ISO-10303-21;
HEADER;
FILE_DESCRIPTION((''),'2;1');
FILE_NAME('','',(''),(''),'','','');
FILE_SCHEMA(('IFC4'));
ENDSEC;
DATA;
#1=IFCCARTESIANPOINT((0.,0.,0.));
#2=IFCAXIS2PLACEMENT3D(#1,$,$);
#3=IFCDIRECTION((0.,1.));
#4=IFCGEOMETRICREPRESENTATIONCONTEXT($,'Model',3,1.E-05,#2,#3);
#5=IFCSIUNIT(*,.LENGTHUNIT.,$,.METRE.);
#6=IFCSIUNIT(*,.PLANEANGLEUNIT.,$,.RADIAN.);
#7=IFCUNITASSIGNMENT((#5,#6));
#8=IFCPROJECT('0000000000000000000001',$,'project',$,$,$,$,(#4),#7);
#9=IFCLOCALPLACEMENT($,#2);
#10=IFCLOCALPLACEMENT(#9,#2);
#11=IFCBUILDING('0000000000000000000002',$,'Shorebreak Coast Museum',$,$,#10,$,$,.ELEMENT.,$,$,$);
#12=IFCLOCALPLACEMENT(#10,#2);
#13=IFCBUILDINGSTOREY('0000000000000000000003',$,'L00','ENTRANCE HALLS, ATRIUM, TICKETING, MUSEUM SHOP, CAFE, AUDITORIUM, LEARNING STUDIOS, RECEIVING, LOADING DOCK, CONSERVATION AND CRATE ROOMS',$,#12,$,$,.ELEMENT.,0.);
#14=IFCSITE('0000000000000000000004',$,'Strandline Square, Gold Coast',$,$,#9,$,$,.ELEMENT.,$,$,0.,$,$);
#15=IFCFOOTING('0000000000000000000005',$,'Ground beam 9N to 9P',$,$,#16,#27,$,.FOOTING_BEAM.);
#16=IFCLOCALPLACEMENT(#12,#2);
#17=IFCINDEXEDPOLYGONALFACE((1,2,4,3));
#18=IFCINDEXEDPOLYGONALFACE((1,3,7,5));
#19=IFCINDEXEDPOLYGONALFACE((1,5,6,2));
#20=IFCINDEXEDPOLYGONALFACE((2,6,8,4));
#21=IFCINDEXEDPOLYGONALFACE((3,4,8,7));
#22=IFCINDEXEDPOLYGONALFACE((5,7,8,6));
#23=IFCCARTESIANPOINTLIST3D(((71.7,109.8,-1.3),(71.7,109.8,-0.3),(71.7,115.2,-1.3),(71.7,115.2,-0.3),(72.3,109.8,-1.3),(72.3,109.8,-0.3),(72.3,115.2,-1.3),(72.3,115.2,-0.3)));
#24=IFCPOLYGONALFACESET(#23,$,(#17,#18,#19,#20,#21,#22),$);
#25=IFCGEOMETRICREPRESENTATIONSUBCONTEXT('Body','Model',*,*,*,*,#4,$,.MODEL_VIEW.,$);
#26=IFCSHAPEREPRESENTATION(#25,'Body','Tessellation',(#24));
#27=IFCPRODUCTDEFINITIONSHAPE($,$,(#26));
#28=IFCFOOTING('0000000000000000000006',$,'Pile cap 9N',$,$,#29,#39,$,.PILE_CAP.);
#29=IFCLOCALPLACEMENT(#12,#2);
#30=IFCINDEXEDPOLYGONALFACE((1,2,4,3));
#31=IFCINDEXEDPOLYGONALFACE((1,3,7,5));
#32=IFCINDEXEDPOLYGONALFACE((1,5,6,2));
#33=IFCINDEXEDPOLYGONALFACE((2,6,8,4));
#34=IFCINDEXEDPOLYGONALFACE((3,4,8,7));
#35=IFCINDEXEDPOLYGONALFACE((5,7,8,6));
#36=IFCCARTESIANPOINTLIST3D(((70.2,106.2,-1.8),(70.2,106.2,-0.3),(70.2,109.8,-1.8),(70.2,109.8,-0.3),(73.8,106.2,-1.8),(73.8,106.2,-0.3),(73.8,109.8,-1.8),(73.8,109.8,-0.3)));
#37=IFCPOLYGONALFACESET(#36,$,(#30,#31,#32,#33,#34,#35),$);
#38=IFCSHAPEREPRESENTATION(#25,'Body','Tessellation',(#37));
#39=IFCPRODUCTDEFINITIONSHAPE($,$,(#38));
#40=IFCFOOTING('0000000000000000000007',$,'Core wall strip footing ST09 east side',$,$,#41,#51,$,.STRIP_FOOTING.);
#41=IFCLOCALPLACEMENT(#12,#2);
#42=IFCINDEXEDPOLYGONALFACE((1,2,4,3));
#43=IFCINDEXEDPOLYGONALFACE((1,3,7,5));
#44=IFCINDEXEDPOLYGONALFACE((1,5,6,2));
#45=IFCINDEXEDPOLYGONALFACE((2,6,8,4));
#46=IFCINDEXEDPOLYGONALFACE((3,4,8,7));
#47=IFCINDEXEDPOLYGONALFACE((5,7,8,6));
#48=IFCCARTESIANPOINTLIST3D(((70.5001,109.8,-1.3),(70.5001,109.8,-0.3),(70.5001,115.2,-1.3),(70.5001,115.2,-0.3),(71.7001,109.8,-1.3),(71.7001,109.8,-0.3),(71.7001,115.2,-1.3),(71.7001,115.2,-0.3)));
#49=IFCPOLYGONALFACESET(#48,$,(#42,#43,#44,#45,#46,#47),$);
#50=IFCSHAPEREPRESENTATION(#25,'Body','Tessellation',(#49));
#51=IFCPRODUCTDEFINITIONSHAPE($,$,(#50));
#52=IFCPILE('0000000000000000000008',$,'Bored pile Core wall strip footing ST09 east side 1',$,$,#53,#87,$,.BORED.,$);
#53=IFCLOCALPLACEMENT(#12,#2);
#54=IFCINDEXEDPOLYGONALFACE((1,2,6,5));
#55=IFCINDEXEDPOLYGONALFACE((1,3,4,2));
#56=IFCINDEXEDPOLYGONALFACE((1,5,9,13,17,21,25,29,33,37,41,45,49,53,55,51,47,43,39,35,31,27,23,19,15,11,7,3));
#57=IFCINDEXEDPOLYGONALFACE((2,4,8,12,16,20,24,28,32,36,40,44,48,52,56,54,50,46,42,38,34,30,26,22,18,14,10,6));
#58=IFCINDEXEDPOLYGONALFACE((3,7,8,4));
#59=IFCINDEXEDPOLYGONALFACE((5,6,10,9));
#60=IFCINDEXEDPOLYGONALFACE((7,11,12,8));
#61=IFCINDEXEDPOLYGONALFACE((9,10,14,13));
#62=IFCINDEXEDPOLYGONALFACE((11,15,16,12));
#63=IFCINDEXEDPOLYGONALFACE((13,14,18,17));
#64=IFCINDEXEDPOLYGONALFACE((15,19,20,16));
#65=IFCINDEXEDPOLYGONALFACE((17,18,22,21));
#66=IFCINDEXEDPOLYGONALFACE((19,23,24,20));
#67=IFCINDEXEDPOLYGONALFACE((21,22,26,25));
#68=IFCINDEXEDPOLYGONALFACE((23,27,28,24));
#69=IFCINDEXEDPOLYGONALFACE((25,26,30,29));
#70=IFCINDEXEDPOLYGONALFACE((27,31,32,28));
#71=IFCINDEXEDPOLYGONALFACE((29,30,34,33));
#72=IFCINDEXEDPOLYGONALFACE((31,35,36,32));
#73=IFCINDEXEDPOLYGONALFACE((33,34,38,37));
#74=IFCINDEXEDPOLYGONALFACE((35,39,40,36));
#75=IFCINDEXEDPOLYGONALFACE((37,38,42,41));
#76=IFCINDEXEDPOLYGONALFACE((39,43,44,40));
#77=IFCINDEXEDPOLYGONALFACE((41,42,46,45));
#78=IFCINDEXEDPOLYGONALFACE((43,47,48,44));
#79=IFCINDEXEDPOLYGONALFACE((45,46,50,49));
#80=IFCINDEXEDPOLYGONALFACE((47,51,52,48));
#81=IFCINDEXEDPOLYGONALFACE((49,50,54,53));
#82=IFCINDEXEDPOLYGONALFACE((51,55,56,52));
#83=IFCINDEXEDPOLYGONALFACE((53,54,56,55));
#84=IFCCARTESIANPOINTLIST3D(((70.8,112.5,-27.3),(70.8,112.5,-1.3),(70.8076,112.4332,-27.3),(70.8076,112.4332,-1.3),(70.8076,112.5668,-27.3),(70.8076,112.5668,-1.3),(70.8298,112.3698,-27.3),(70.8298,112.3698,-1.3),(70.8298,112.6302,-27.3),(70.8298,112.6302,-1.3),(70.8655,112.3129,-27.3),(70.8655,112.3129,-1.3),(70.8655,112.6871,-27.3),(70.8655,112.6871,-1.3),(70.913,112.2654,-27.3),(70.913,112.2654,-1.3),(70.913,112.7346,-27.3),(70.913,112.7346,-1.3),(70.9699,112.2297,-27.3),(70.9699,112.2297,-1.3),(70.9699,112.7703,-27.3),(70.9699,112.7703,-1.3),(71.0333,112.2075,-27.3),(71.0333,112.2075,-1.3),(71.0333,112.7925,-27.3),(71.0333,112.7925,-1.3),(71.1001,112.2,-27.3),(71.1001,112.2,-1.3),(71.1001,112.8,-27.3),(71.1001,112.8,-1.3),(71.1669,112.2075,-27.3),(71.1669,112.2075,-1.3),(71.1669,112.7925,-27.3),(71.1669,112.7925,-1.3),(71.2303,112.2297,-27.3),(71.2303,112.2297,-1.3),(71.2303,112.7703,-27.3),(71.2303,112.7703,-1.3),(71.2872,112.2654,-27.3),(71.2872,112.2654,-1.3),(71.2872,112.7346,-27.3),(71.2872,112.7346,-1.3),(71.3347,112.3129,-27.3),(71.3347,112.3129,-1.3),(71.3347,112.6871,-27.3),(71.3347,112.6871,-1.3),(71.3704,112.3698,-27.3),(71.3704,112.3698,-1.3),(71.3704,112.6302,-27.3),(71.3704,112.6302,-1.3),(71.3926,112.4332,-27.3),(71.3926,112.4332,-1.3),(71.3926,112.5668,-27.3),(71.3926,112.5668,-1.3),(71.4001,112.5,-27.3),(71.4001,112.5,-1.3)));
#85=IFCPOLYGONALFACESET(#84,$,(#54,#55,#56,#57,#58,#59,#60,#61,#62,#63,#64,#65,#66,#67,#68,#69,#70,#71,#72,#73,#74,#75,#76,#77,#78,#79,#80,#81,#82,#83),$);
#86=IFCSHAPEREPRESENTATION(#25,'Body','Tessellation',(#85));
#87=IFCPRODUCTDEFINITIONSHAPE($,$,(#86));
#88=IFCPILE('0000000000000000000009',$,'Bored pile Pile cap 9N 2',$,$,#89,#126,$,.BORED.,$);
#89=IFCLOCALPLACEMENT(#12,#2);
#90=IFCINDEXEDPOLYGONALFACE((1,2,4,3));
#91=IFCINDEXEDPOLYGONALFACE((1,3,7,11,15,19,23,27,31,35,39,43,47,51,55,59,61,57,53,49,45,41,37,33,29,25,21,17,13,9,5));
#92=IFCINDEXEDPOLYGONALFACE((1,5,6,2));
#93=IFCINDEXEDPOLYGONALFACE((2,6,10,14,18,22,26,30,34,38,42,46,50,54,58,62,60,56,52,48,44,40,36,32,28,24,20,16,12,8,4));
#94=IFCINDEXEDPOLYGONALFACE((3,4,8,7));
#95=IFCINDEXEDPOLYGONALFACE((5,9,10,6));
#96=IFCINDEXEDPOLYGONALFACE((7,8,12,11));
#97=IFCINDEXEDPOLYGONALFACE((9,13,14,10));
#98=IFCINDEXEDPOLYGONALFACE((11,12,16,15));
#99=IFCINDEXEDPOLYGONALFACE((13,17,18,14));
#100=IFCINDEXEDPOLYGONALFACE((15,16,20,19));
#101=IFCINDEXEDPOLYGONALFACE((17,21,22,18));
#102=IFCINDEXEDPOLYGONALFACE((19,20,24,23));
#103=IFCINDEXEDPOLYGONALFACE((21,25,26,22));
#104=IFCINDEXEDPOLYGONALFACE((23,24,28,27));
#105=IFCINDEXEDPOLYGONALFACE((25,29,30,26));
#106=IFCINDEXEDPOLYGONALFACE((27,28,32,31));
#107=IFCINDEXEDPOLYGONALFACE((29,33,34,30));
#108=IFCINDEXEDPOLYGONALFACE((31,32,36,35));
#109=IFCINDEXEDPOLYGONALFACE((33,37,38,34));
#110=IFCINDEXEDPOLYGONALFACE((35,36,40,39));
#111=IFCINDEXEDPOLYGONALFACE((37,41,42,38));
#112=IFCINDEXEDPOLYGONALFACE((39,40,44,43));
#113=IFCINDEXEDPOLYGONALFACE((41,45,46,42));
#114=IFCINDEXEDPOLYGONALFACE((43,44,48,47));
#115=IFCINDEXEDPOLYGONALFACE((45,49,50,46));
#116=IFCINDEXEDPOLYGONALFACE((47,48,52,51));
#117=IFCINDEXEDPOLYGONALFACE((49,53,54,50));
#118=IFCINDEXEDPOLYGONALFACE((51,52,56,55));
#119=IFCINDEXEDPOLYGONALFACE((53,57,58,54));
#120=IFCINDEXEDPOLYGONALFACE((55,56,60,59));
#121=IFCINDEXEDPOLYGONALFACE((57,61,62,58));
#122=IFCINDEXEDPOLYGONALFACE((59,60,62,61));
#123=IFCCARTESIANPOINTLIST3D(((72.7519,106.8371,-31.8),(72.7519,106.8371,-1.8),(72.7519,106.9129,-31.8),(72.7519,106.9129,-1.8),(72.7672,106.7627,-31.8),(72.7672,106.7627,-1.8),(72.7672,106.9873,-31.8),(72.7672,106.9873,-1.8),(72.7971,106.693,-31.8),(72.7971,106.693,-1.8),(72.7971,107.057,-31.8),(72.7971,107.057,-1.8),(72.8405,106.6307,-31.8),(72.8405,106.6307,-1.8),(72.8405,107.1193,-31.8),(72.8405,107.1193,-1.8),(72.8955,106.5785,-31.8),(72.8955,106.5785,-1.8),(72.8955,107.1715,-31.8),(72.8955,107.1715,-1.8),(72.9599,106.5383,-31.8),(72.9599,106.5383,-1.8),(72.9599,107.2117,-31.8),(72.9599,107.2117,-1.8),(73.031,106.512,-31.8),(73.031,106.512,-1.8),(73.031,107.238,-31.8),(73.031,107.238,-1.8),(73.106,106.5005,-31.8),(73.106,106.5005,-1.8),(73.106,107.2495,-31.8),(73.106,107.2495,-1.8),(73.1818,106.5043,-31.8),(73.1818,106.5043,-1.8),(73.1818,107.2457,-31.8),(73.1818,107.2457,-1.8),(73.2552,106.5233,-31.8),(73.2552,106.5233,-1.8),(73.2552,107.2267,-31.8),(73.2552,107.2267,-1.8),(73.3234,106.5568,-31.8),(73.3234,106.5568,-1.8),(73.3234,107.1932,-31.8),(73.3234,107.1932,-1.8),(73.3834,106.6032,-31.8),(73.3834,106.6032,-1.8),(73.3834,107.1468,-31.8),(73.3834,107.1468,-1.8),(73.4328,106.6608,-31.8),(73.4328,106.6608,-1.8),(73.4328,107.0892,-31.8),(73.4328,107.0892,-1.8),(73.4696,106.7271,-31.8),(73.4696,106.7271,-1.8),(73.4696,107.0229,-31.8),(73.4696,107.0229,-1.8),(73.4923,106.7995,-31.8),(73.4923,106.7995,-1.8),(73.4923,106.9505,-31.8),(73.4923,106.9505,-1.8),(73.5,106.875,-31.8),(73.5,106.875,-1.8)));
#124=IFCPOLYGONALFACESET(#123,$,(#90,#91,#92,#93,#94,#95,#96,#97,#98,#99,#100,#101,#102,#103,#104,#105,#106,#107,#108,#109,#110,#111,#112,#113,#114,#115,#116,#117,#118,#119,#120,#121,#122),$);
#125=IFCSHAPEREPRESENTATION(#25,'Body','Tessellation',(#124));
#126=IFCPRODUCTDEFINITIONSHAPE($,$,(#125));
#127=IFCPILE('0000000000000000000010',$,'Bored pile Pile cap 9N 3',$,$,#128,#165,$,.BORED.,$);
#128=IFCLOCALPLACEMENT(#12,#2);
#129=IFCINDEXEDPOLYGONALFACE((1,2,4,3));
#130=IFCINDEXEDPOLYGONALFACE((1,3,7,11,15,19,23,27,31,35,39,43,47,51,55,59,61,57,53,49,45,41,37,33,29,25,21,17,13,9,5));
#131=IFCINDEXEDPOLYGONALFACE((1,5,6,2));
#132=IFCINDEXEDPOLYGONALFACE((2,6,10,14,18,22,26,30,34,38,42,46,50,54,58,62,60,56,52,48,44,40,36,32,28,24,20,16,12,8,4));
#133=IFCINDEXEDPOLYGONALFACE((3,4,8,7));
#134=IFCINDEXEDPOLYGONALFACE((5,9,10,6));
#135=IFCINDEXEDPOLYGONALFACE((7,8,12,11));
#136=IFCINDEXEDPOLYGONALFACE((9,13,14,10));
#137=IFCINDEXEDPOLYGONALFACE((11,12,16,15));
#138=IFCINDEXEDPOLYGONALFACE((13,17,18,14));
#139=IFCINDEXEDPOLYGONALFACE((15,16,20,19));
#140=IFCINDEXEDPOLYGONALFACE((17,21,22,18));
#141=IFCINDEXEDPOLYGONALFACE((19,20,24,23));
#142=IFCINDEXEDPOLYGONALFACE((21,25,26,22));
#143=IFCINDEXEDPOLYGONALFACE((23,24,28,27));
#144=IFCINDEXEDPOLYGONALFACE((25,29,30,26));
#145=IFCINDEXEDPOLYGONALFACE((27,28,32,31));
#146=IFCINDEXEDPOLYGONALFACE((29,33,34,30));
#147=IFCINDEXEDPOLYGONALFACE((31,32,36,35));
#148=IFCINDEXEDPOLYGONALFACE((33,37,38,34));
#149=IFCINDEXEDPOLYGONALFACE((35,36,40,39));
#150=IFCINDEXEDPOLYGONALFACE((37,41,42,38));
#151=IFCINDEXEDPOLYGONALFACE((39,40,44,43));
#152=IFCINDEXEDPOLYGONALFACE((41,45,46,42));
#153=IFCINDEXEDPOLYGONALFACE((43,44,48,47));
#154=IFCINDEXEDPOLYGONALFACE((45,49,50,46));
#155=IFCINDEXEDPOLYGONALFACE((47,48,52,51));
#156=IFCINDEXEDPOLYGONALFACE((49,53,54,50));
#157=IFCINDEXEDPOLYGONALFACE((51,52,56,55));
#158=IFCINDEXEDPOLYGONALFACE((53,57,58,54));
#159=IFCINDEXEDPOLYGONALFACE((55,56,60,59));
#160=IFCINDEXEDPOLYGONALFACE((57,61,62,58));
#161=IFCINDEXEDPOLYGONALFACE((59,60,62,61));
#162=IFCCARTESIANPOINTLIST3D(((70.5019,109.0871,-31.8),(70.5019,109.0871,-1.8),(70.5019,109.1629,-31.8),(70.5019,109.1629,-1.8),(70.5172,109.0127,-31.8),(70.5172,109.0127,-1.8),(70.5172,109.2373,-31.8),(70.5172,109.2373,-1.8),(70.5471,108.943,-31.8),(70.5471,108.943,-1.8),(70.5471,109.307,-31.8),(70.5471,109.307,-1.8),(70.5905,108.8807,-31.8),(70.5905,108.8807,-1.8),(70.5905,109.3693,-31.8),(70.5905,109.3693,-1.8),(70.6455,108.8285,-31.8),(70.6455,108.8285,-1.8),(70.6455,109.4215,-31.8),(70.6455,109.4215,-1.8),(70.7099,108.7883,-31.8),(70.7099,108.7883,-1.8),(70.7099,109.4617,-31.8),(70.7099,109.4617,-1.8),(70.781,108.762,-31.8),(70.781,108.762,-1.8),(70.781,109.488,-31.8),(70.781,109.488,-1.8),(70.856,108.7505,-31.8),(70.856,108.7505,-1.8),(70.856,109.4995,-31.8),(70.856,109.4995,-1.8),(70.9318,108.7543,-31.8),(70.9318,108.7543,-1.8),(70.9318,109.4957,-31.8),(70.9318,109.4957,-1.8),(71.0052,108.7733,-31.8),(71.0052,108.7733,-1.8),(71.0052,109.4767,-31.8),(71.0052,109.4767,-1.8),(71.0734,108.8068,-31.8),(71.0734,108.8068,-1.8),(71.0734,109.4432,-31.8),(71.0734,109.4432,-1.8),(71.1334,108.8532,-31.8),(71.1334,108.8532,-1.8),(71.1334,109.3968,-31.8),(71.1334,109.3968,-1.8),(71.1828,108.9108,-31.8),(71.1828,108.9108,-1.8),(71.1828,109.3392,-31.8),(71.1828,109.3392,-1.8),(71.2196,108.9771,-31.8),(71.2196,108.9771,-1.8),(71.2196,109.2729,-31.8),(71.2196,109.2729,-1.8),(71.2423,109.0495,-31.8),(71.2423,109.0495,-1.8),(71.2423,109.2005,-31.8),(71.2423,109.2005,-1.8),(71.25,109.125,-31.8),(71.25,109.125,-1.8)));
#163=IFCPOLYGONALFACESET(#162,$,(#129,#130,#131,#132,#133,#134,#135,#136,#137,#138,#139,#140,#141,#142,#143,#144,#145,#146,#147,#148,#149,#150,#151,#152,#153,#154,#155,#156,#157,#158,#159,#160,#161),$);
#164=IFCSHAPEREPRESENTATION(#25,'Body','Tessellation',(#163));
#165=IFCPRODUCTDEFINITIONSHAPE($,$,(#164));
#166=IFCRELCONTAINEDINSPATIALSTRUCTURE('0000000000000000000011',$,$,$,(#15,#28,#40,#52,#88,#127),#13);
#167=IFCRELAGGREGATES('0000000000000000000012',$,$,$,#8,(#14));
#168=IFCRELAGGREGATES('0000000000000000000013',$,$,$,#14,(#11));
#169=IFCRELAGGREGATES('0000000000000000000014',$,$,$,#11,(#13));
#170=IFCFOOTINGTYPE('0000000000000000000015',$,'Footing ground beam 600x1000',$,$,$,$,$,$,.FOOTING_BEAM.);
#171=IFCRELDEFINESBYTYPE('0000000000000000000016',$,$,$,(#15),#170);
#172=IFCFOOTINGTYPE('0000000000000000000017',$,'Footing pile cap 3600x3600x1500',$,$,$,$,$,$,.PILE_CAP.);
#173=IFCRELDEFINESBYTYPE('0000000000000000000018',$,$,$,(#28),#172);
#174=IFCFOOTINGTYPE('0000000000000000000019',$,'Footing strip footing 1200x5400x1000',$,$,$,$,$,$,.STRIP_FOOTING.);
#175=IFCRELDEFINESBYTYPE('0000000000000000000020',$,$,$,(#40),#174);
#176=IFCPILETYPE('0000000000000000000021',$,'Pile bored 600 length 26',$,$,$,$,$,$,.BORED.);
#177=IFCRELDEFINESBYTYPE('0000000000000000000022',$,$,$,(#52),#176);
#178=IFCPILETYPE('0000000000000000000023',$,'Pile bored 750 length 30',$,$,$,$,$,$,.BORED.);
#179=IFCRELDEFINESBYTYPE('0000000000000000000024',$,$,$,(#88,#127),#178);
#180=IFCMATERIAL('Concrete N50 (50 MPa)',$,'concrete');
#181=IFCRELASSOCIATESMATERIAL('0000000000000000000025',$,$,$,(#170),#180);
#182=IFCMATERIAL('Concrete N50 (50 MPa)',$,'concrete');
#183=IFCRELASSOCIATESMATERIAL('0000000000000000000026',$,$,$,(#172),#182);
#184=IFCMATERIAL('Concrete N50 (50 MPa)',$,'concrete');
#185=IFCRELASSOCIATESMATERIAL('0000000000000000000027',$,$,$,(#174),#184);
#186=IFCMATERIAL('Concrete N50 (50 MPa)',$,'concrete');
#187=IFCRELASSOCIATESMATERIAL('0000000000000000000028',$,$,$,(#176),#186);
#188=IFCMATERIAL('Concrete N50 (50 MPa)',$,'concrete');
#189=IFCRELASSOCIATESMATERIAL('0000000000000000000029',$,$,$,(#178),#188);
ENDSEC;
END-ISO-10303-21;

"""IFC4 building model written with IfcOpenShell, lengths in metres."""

from ifc_helpers import new_model, si_unit, direction, frame, origin, origin_2d, place, context, subcontext, project, spatial, rectangle, circle, extrude, material, material_profile, profile_set, type_object, element, save


model = new_model("IFC4")

# Units and contexts
model_context = context("Model", 3, precision=1e-05, world=origin(), true_north=direction((0.0, 1.0)))
body_context = subcontext(model_context, "Body", "Model", "MODEL_VIEW")
ifc_project = project(units=[si_unit("LENGTHUNIT", "METRE"), si_unit("PLANEANGLEUNIT", "RADIAN")], contexts=[model_context])

# Site, building, storey
site_placement = place(None, origin())
site = spatial("IfcSite", under=ifc_project, at=site_placement, Name="Strandline Square, Gold Coast", CompositionType="ELEMENT", RefElevation=0.0)
building_placement = place(site_placement, origin())
building = spatial("IfcBuilding", under=site, at=building_placement, Name="Shorebreak Coast Museum", CompositionType="ELEMENT")
storey_placement = place(building_placement, origin())
storey = spatial("IfcBuildingStorey", under=building, at=storey_placement, Name="L00", Description="ENTRANCE HALLS, ATRIUM, TICKETING, MUSEUM SHOP, CAFE, AUDITORIUM, LEARNING STUDIOS, RECEIVING, LOADING DOCK, CONSERVATION AND CRATE ROOMS", CompositionType="ELEMENT", Elevation=0.0)

# Footings
ifc_material_1 = material(Name="Concrete N50 (50 MPa)", Category="concrete")
footing_type_1 = type_object("IfcFootingType", Name="Footing ground beam 600x1000", PredefinedType="FOOTING_BEAM", material=ifc_material_1)
footing_1_placement = place(storey_placement, frame((72.0, 112.5, -1.3), z_axis=(0.0, 0.0, 1.0), x_axis=(1.0, 0.0, 0.0)))
element("IfcFooting", 1, at=footing_1_placement, inside=storey, type_object=footing_type_1, Name="Ground beam 9N to 9P", PredefinedType="FOOTING_BEAM", context=body_context, shape_type="SweptSolid", body=[
    extrude(rectangle(XDim=0.6001, YDim=5.3999, at=origin_2d()), origin(), (0.0, 0.0, 1.0), 1.0),
])
ifc_material_2 = material(Name="Concrete N50 (50 MPa)", Category="concrete")
footing_type_2 = type_object("IfcFootingType", Name="Footing pile cap 3600x3600x1500", PredefinedType="PILE_CAP", material=ifc_material_2)
footing_2_placement = place(storey_placement, frame((72.0, 108.0, -1.8), z_axis=(0.0, 0.0, 1.0), x_axis=(1.0, 0.0, 0.0)))
element("IfcFooting", 2, at=footing_2_placement, inside=storey, type_object=footing_type_2, Name="Pile cap 9N", PredefinedType="PILE_CAP", context=body_context, shape_type="SweptSolid", body=[
    extrude(rectangle(XDim=3.6001, YDim=3.6001, at=origin_2d()), origin(), (0.0, 0.0, 1.0), 1.5),
])
ifc_material_3 = material(Name="Concrete N50 (50 MPa)", Category="concrete")
footing_type_3 = type_object("IfcFootingType", Name="Footing strip footing 1200x5400x1000", PredefinedType="STRIP_FOOTING", material=ifc_material_3)
footing_3_placement = place(storey_placement, frame((71.1001, 112.5, -1.3), z_axis=(0.0, 0.0, 1.0), x_axis=(1.0, 0.0, 0.0)))
element("IfcFooting", 3, at=footing_3_placement, inside=storey, type_object=footing_type_3, Name="Core wall strip footing ST09 east side", PredefinedType="STRIP_FOOTING", context=body_context, shape_type="SweptSolid", body=[
    extrude(rectangle(XDim=1.2, YDim=5.3999, at=origin_2d()), origin(), (0.0, 0.0, 1.0), 1.0),
])

# Piles
ifc_material_4 = material(Name="Concrete N50 (50 MPa)", Category="concrete")
ifc_material_profile_1 = material_profile(ifc_material_4, circle(Radius=0.3, at=origin_2d()), Name="Pile bored 600 length 26")
ifc_profile_set_1 = profile_set([ifc_material_profile_1], Name="Concrete N50 (50 MPa)")
pile_type_1 = type_object("IfcPileType", Name="Pile bored 600 length 26", PredefinedType="BORED", material=ifc_profile_set_1)
pile_placement = place(storey_placement, frame((71.1001, 112.5, -1.3), z_axis=(0.0, 0.0, -1.0), x_axis=(1.0, 0.0, 0.0)))
element("IfcPile", 4, at=pile_placement, inside=storey, type_object=pile_type_1, Name="Bored pile Core wall strip footing ST09 east side 1", PredefinedType="BORED", context=body_context, shape_type="SweptSolid", body=[
    extrude(circle(Radius=0.3, at=origin_2d()), origin(), (0.0, 0.0, 1.0), 26.0),
])
ifc_material_5 = material(Name="Concrete N50 (50 MPa)", Category="concrete")
ifc_material_profile_2 = material_profile(ifc_material_5, circle(Radius=0.375, at=origin_2d()), Name="Pile bored 750 length 30")
ifc_profile_set_2 = profile_set([ifc_material_profile_2], Name="Concrete N50 (50 MPa)")
pile_type_2 = type_object("IfcPileType", Name="Pile bored 750 length 30", PredefinedType="BORED", material=ifc_profile_set_2)
for number, where, z_axis, x_axis, name in (
    (5, (73.125, 106.875, -1.8), (0.0, 0.0, -1.0), (1.0, 0.0, 0.0), "Bored pile Pile cap 9N 2"),
    (6, (70.875, 109.125, -1.8), (0.0, 0.0, -1.0), (1.0, 0.0, 0.0), "Bored pile Pile cap 9N 3"),
):
    element("IfcPile", number, at=place(storey_placement, frame(where, z_axis=z_axis, x_axis=x_axis)), inside=storey, type_object=pile_type_2, Name=name, PredefinedType="BORED", context=body_context, shape_type="SweptSolid", body=[
        extrude(circle(Radius=0.375, at=origin_2d()), origin(), (0.0, 0.0, 1.0), 30.0),
    ])

save(model, "model.ifc")
